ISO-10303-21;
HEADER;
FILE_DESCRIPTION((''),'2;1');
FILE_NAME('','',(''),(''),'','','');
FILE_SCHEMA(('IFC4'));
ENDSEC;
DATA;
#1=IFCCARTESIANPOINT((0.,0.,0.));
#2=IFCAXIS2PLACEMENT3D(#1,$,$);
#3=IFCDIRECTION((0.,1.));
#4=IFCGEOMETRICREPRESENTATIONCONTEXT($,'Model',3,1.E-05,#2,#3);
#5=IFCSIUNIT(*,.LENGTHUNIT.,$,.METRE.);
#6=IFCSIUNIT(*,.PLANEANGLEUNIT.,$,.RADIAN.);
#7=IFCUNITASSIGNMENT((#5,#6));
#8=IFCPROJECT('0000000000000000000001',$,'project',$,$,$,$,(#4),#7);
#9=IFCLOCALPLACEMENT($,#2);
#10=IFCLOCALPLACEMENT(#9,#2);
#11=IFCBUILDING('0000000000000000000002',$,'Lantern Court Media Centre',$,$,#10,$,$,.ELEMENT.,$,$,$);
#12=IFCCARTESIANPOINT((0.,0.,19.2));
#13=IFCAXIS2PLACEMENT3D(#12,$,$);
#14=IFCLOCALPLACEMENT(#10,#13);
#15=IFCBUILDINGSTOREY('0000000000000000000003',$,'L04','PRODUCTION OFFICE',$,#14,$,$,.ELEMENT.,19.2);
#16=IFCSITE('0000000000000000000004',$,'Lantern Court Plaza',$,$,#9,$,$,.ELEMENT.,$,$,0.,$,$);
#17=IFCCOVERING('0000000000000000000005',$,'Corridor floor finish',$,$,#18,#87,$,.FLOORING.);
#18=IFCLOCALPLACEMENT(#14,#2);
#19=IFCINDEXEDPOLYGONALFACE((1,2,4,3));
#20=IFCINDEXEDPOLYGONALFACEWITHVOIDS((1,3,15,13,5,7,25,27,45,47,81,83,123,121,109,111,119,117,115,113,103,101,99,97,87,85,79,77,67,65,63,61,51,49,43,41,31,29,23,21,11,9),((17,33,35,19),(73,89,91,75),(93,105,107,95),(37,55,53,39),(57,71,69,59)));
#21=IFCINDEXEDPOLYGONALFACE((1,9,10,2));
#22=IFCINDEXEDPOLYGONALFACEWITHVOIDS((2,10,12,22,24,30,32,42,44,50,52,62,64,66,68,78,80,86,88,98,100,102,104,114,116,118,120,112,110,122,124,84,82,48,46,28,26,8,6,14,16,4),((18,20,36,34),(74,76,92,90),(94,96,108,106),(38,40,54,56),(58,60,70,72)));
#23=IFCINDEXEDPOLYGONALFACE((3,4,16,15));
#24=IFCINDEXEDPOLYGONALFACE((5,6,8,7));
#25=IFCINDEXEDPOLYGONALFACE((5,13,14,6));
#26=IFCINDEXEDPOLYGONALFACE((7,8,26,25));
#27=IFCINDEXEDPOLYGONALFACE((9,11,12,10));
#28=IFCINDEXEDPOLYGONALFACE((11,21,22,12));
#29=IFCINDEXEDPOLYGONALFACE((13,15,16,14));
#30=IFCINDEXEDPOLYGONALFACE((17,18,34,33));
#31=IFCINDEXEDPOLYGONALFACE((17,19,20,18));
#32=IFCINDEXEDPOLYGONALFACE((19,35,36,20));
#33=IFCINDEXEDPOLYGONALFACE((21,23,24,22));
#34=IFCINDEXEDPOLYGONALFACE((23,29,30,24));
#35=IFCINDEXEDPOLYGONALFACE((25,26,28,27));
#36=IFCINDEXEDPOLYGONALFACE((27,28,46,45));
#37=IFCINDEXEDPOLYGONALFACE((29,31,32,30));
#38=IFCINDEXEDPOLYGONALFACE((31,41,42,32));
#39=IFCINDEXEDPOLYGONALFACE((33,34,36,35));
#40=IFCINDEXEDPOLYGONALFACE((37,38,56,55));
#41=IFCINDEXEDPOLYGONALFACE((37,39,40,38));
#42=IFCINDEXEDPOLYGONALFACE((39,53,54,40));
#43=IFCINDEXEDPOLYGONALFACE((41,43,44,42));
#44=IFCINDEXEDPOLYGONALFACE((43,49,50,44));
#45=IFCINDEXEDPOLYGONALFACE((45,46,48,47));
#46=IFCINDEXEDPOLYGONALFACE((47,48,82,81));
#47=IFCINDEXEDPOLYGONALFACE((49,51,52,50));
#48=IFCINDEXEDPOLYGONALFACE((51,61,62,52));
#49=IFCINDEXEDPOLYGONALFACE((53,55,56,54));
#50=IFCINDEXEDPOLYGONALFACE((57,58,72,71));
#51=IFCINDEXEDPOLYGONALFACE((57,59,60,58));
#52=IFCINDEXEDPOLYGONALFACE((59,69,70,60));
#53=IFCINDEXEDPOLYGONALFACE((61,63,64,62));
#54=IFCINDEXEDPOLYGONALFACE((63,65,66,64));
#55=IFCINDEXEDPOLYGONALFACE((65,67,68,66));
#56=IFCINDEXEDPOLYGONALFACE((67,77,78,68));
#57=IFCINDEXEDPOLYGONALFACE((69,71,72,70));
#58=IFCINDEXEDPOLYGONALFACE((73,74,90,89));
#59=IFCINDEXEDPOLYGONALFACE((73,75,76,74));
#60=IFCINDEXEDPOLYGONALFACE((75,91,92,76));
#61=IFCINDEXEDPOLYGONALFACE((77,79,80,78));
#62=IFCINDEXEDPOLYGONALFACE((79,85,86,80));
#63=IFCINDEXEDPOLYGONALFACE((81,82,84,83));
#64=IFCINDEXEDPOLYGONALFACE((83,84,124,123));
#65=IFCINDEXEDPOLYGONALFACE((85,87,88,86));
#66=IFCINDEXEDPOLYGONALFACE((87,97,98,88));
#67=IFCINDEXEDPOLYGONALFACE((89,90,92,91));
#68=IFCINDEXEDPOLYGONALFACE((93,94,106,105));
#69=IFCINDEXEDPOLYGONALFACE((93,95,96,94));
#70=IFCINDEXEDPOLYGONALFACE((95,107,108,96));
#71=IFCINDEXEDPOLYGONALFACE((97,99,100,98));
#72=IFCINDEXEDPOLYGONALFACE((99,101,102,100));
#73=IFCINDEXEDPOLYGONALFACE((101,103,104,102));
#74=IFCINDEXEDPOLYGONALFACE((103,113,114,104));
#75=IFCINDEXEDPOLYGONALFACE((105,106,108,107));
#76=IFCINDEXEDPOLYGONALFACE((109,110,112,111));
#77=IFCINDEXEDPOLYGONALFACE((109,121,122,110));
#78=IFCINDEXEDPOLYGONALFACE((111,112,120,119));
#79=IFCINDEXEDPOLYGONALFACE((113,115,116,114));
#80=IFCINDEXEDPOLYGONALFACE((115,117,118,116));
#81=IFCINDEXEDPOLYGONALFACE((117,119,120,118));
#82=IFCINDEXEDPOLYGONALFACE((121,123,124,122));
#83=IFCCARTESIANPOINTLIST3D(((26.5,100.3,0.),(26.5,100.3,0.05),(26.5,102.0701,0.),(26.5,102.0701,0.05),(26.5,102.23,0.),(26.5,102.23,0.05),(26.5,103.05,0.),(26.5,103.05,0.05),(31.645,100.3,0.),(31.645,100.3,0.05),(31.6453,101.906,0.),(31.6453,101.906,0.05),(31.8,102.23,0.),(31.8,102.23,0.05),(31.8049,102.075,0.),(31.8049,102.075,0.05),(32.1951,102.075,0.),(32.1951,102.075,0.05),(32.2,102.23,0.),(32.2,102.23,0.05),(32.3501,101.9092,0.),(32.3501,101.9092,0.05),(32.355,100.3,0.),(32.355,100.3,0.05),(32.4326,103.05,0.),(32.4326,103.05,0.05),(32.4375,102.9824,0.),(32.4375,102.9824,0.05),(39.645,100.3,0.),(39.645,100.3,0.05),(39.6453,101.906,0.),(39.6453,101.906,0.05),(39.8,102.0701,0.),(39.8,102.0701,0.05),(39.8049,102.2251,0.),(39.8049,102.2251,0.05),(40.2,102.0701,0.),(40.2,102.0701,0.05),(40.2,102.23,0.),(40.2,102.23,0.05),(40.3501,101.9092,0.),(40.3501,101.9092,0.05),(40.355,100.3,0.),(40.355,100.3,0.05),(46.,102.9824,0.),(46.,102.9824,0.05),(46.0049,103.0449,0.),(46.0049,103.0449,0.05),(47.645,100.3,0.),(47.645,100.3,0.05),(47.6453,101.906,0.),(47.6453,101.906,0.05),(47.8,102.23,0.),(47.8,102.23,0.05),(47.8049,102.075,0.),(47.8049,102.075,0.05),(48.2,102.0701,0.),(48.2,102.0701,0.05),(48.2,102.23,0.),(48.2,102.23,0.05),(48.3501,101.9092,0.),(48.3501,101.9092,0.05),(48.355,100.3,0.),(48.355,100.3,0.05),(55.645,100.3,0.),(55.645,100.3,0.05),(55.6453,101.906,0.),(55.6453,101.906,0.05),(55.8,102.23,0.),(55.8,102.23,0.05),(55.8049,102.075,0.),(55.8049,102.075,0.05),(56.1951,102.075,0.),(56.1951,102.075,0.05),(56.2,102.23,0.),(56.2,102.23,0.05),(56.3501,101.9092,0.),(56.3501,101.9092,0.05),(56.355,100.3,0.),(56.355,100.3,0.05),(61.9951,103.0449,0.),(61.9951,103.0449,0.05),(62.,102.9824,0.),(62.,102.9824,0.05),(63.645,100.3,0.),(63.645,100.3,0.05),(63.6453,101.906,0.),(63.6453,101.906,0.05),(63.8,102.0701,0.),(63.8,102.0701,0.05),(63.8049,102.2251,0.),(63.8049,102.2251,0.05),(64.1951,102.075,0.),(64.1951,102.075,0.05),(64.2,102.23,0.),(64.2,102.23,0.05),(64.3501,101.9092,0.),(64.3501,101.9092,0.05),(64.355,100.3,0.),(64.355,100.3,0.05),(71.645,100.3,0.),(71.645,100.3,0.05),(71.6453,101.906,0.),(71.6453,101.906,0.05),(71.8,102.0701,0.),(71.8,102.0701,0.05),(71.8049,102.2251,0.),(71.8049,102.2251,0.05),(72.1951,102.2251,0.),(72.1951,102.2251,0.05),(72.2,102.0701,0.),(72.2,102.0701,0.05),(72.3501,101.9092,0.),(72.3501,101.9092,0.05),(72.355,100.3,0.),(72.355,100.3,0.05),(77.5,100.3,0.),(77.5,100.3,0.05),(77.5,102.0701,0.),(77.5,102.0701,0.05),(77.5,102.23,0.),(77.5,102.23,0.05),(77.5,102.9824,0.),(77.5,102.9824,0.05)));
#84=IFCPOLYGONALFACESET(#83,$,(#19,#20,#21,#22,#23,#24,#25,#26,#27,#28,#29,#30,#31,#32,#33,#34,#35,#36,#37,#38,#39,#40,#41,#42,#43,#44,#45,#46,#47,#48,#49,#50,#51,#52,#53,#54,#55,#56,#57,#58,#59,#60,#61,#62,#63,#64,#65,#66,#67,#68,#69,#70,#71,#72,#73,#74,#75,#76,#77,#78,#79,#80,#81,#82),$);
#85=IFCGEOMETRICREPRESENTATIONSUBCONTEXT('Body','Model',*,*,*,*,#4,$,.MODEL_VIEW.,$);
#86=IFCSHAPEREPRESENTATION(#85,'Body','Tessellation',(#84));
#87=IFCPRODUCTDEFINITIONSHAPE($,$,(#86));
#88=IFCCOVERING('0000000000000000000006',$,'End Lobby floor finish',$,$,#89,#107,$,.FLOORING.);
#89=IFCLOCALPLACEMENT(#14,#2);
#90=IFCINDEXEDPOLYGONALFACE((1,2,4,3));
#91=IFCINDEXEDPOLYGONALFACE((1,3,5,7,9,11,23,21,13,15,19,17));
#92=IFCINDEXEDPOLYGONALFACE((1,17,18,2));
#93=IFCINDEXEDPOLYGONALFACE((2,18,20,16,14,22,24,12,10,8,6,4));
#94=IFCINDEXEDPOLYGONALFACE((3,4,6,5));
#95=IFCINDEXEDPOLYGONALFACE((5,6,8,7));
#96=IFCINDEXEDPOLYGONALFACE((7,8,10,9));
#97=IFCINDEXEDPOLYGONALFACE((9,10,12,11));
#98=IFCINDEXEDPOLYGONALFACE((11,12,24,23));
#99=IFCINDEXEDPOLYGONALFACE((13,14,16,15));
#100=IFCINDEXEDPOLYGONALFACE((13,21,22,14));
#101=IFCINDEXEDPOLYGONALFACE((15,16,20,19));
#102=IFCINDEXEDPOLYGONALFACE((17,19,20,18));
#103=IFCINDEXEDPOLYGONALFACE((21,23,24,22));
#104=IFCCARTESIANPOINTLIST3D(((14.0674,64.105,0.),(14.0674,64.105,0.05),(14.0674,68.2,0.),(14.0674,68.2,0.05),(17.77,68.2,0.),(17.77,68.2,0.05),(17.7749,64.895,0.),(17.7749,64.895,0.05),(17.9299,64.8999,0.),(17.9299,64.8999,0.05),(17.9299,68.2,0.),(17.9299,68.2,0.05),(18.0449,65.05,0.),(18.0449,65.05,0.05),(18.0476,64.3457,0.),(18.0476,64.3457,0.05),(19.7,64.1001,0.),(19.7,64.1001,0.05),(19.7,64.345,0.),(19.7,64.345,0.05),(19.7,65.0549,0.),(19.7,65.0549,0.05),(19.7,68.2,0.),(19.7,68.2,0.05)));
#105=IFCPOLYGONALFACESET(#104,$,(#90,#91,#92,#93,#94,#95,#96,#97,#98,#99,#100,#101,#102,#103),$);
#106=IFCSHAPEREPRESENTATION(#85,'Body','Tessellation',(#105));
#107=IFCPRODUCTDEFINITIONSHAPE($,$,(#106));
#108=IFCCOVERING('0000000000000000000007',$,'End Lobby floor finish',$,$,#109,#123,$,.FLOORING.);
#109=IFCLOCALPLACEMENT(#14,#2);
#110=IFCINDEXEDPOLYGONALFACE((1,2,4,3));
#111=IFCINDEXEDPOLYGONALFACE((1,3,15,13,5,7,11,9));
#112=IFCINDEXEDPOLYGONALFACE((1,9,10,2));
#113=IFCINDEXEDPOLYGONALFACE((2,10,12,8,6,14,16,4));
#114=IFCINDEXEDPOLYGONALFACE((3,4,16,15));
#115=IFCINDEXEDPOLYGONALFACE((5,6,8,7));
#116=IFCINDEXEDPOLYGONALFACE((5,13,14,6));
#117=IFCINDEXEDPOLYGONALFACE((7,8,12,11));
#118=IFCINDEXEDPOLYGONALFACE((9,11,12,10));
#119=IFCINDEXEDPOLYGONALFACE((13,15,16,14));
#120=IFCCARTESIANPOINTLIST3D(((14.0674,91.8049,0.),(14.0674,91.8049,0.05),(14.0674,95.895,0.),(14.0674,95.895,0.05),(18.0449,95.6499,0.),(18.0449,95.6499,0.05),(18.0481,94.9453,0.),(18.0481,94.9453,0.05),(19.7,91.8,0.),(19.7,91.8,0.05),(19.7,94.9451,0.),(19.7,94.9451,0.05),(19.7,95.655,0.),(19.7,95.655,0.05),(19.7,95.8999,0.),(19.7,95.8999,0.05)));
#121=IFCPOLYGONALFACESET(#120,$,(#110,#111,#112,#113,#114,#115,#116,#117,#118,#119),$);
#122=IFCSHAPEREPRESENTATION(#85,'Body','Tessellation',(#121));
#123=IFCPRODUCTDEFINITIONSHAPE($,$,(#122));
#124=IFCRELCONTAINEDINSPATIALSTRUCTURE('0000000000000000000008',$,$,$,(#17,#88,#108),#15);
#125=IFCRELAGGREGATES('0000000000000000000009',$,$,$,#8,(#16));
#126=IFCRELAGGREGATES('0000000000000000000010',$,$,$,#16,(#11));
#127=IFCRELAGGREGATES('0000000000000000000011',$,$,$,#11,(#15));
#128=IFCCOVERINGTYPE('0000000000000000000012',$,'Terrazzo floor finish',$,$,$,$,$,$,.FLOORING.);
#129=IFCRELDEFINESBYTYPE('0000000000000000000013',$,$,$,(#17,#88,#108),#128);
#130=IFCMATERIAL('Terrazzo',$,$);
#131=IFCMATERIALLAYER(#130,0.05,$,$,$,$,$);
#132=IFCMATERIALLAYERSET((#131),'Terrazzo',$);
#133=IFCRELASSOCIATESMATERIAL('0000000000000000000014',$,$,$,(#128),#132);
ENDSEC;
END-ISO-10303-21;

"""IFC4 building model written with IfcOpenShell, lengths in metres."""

from ifc_helpers import new_model, si_unit, direction, frame, origin, place, context, subcontext, project, spatial, polyline, outline, extrude, material, layer, layer_set, type_object, element, save


model = new_model("IFC4")

# Units and contexts
model_context = context("Model", 3, precision=1e-05, world=origin(), true_north=direction((0.0, 1.0)))
body_context = subcontext(model_context, "Body", "Model", "MODEL_VIEW")
ifc_project = project(units=[si_unit("LENGTHUNIT", "METRE"), si_unit("PLANEANGLEUNIT", "RADIAN")], contexts=[model_context])

# Site, building, storey
site_placement = place(None, origin())
site = spatial("IfcSite", under=ifc_project, at=site_placement, Name="Lantern Court Plaza", CompositionType="ELEMENT", RefElevation=0.0)
building_placement = place(site_placement, origin())
building = spatial("IfcBuilding", under=site, at=building_placement, Name="Lantern Court Media Centre", CompositionType="ELEMENT")
storey_placement = place(building_placement, frame((0.0, 0.0, 19.2)))
storey = spatial("IfcBuildingStorey", under=building, at=storey_placement, Name="L04", Description="PRODUCTION OFFICE", CompositionType="ELEMENT", Elevation=19.2)

# Coverings
ifc_material_1 = material(Name="Terrazzo")
ifc_layer_1 = layer(ifc_material_1, 0.05)
ifc_layer_set_1 = layer_set([ifc_layer_1], Name="Terrazzo")
covering_type_1 = type_object("IfcCoveringType", Name="Terrazzo floor finish", PredefinedType="FLOORING", material=ifc_layer_set_1)
covering_1_placement = place(storey_placement, origin())
element("IfcCovering", 1, at=covering_1_placement, inside=storey, type_object=covering_type_1, Name="Corridor floor finish", PredefinedType="FLOORING", context=body_context, shape_type="SweptSolid", body=[
    extrude(outline(polyline([(77.5, 100.3), (72.355, 100.3), (72.3501, 101.9092), (71.6453, 101.906), (71.645, 100.3), (64.355, 100.3), (64.3501, 101.9092), (63.6453, 101.906), (63.645, 100.3), (56.355, 100.3), (56.3501, 101.9092), (55.6453, 101.906), (55.645, 100.3), (48.355, 100.3), (48.3501, 101.9092), (47.6453, 101.906), (47.645, 100.3), (40.355, 100.3), (40.3501, 101.9092), (39.6453, 101.906), (39.645, 100.3), (32.355, 100.3), (32.3501, 101.9092), (31.6453, 101.906), (31.645, 100.3), (26.5, 100.3), (26.5, 102.0701), (31.8049, 102.075), (31.8, 102.23), (26.5, 102.23), (26.5, 103.05), (32.4326, 103.05), (32.4375, 102.9824), (46.0, 102.9824), (46.0049, 103.0449), (61.9951, 103.0449), (62.0, 102.9824), (77.5, 102.9824), (77.5, 102.23), (72.1951, 102.2251), (72.2, 102.0701), (77.5, 102.0701), (77.5, 100.3)]), holes=[polyline([(64.1951, 102.075), (71.8, 102.0701), (71.8049, 102.2251), (64.2, 102.23), (64.1951, 102.075)]), polyline([(56.1951, 102.075), (63.8, 102.0701), (63.8049, 102.2251), (56.2, 102.23), (56.1951, 102.075)]), polyline([(48.2, 102.23), (48.2, 102.0701), (55.8049, 102.075), (55.8, 102.23), (48.2, 102.23)]), polyline([(40.2, 102.23), (40.2, 102.0701), (47.8049, 102.075), (47.8, 102.23), (40.2, 102.23)]), polyline([(32.1951, 102.075), (39.8, 102.0701), (39.8049, 102.2251), (32.2, 102.23), (32.1951, 102.075)])]), origin(), (0.0, 0.0, 1.0), 0.05),
])
covering_2_placement = place(storey_placement, origin())
element("IfcCovering", 2, at=covering_2_placement, inside=storey, type_object=covering_type_1, Name="End Lobby floor finish", PredefinedType="FLOORING", context=body_context, shape_type="SweptSolid", body=[
    extrude(outline(polyline([(19.7, 64.1001), (14.0674, 64.105), (14.0674, 68.2), (17.77, 68.2), (17.7749, 64.895), (17.9299, 64.8999), (17.9299, 68.2), (19.7, 68.2), (19.7, 65.0549), (18.0449, 65.05), (18.0476, 64.3457), (19.7, 64.345), (19.7, 64.1001)])), origin(), (0.0, 0.0, 1.0), 0.05),
])
covering_3_placement = place(storey_placement, origin())
element("IfcCovering", 3, at=covering_3_placement, inside=storey, type_object=covering_type_1, Name="End Lobby floor finish", PredefinedType="FLOORING", context=body_context, shape_type="SweptSolid", body=[
    extrude(outline(polyline([(19.7, 91.8), (14.0674, 91.8049), (14.0674, 95.895), (19.7, 95.8999), (19.7, 95.655), (18.0449, 95.6499), (18.0481, 94.9453), (19.7, 94.9451), (19.7, 91.8)])), origin(), (0.0, 0.0, 1.0), 0.05),
])

save(model, "model.ifc")
